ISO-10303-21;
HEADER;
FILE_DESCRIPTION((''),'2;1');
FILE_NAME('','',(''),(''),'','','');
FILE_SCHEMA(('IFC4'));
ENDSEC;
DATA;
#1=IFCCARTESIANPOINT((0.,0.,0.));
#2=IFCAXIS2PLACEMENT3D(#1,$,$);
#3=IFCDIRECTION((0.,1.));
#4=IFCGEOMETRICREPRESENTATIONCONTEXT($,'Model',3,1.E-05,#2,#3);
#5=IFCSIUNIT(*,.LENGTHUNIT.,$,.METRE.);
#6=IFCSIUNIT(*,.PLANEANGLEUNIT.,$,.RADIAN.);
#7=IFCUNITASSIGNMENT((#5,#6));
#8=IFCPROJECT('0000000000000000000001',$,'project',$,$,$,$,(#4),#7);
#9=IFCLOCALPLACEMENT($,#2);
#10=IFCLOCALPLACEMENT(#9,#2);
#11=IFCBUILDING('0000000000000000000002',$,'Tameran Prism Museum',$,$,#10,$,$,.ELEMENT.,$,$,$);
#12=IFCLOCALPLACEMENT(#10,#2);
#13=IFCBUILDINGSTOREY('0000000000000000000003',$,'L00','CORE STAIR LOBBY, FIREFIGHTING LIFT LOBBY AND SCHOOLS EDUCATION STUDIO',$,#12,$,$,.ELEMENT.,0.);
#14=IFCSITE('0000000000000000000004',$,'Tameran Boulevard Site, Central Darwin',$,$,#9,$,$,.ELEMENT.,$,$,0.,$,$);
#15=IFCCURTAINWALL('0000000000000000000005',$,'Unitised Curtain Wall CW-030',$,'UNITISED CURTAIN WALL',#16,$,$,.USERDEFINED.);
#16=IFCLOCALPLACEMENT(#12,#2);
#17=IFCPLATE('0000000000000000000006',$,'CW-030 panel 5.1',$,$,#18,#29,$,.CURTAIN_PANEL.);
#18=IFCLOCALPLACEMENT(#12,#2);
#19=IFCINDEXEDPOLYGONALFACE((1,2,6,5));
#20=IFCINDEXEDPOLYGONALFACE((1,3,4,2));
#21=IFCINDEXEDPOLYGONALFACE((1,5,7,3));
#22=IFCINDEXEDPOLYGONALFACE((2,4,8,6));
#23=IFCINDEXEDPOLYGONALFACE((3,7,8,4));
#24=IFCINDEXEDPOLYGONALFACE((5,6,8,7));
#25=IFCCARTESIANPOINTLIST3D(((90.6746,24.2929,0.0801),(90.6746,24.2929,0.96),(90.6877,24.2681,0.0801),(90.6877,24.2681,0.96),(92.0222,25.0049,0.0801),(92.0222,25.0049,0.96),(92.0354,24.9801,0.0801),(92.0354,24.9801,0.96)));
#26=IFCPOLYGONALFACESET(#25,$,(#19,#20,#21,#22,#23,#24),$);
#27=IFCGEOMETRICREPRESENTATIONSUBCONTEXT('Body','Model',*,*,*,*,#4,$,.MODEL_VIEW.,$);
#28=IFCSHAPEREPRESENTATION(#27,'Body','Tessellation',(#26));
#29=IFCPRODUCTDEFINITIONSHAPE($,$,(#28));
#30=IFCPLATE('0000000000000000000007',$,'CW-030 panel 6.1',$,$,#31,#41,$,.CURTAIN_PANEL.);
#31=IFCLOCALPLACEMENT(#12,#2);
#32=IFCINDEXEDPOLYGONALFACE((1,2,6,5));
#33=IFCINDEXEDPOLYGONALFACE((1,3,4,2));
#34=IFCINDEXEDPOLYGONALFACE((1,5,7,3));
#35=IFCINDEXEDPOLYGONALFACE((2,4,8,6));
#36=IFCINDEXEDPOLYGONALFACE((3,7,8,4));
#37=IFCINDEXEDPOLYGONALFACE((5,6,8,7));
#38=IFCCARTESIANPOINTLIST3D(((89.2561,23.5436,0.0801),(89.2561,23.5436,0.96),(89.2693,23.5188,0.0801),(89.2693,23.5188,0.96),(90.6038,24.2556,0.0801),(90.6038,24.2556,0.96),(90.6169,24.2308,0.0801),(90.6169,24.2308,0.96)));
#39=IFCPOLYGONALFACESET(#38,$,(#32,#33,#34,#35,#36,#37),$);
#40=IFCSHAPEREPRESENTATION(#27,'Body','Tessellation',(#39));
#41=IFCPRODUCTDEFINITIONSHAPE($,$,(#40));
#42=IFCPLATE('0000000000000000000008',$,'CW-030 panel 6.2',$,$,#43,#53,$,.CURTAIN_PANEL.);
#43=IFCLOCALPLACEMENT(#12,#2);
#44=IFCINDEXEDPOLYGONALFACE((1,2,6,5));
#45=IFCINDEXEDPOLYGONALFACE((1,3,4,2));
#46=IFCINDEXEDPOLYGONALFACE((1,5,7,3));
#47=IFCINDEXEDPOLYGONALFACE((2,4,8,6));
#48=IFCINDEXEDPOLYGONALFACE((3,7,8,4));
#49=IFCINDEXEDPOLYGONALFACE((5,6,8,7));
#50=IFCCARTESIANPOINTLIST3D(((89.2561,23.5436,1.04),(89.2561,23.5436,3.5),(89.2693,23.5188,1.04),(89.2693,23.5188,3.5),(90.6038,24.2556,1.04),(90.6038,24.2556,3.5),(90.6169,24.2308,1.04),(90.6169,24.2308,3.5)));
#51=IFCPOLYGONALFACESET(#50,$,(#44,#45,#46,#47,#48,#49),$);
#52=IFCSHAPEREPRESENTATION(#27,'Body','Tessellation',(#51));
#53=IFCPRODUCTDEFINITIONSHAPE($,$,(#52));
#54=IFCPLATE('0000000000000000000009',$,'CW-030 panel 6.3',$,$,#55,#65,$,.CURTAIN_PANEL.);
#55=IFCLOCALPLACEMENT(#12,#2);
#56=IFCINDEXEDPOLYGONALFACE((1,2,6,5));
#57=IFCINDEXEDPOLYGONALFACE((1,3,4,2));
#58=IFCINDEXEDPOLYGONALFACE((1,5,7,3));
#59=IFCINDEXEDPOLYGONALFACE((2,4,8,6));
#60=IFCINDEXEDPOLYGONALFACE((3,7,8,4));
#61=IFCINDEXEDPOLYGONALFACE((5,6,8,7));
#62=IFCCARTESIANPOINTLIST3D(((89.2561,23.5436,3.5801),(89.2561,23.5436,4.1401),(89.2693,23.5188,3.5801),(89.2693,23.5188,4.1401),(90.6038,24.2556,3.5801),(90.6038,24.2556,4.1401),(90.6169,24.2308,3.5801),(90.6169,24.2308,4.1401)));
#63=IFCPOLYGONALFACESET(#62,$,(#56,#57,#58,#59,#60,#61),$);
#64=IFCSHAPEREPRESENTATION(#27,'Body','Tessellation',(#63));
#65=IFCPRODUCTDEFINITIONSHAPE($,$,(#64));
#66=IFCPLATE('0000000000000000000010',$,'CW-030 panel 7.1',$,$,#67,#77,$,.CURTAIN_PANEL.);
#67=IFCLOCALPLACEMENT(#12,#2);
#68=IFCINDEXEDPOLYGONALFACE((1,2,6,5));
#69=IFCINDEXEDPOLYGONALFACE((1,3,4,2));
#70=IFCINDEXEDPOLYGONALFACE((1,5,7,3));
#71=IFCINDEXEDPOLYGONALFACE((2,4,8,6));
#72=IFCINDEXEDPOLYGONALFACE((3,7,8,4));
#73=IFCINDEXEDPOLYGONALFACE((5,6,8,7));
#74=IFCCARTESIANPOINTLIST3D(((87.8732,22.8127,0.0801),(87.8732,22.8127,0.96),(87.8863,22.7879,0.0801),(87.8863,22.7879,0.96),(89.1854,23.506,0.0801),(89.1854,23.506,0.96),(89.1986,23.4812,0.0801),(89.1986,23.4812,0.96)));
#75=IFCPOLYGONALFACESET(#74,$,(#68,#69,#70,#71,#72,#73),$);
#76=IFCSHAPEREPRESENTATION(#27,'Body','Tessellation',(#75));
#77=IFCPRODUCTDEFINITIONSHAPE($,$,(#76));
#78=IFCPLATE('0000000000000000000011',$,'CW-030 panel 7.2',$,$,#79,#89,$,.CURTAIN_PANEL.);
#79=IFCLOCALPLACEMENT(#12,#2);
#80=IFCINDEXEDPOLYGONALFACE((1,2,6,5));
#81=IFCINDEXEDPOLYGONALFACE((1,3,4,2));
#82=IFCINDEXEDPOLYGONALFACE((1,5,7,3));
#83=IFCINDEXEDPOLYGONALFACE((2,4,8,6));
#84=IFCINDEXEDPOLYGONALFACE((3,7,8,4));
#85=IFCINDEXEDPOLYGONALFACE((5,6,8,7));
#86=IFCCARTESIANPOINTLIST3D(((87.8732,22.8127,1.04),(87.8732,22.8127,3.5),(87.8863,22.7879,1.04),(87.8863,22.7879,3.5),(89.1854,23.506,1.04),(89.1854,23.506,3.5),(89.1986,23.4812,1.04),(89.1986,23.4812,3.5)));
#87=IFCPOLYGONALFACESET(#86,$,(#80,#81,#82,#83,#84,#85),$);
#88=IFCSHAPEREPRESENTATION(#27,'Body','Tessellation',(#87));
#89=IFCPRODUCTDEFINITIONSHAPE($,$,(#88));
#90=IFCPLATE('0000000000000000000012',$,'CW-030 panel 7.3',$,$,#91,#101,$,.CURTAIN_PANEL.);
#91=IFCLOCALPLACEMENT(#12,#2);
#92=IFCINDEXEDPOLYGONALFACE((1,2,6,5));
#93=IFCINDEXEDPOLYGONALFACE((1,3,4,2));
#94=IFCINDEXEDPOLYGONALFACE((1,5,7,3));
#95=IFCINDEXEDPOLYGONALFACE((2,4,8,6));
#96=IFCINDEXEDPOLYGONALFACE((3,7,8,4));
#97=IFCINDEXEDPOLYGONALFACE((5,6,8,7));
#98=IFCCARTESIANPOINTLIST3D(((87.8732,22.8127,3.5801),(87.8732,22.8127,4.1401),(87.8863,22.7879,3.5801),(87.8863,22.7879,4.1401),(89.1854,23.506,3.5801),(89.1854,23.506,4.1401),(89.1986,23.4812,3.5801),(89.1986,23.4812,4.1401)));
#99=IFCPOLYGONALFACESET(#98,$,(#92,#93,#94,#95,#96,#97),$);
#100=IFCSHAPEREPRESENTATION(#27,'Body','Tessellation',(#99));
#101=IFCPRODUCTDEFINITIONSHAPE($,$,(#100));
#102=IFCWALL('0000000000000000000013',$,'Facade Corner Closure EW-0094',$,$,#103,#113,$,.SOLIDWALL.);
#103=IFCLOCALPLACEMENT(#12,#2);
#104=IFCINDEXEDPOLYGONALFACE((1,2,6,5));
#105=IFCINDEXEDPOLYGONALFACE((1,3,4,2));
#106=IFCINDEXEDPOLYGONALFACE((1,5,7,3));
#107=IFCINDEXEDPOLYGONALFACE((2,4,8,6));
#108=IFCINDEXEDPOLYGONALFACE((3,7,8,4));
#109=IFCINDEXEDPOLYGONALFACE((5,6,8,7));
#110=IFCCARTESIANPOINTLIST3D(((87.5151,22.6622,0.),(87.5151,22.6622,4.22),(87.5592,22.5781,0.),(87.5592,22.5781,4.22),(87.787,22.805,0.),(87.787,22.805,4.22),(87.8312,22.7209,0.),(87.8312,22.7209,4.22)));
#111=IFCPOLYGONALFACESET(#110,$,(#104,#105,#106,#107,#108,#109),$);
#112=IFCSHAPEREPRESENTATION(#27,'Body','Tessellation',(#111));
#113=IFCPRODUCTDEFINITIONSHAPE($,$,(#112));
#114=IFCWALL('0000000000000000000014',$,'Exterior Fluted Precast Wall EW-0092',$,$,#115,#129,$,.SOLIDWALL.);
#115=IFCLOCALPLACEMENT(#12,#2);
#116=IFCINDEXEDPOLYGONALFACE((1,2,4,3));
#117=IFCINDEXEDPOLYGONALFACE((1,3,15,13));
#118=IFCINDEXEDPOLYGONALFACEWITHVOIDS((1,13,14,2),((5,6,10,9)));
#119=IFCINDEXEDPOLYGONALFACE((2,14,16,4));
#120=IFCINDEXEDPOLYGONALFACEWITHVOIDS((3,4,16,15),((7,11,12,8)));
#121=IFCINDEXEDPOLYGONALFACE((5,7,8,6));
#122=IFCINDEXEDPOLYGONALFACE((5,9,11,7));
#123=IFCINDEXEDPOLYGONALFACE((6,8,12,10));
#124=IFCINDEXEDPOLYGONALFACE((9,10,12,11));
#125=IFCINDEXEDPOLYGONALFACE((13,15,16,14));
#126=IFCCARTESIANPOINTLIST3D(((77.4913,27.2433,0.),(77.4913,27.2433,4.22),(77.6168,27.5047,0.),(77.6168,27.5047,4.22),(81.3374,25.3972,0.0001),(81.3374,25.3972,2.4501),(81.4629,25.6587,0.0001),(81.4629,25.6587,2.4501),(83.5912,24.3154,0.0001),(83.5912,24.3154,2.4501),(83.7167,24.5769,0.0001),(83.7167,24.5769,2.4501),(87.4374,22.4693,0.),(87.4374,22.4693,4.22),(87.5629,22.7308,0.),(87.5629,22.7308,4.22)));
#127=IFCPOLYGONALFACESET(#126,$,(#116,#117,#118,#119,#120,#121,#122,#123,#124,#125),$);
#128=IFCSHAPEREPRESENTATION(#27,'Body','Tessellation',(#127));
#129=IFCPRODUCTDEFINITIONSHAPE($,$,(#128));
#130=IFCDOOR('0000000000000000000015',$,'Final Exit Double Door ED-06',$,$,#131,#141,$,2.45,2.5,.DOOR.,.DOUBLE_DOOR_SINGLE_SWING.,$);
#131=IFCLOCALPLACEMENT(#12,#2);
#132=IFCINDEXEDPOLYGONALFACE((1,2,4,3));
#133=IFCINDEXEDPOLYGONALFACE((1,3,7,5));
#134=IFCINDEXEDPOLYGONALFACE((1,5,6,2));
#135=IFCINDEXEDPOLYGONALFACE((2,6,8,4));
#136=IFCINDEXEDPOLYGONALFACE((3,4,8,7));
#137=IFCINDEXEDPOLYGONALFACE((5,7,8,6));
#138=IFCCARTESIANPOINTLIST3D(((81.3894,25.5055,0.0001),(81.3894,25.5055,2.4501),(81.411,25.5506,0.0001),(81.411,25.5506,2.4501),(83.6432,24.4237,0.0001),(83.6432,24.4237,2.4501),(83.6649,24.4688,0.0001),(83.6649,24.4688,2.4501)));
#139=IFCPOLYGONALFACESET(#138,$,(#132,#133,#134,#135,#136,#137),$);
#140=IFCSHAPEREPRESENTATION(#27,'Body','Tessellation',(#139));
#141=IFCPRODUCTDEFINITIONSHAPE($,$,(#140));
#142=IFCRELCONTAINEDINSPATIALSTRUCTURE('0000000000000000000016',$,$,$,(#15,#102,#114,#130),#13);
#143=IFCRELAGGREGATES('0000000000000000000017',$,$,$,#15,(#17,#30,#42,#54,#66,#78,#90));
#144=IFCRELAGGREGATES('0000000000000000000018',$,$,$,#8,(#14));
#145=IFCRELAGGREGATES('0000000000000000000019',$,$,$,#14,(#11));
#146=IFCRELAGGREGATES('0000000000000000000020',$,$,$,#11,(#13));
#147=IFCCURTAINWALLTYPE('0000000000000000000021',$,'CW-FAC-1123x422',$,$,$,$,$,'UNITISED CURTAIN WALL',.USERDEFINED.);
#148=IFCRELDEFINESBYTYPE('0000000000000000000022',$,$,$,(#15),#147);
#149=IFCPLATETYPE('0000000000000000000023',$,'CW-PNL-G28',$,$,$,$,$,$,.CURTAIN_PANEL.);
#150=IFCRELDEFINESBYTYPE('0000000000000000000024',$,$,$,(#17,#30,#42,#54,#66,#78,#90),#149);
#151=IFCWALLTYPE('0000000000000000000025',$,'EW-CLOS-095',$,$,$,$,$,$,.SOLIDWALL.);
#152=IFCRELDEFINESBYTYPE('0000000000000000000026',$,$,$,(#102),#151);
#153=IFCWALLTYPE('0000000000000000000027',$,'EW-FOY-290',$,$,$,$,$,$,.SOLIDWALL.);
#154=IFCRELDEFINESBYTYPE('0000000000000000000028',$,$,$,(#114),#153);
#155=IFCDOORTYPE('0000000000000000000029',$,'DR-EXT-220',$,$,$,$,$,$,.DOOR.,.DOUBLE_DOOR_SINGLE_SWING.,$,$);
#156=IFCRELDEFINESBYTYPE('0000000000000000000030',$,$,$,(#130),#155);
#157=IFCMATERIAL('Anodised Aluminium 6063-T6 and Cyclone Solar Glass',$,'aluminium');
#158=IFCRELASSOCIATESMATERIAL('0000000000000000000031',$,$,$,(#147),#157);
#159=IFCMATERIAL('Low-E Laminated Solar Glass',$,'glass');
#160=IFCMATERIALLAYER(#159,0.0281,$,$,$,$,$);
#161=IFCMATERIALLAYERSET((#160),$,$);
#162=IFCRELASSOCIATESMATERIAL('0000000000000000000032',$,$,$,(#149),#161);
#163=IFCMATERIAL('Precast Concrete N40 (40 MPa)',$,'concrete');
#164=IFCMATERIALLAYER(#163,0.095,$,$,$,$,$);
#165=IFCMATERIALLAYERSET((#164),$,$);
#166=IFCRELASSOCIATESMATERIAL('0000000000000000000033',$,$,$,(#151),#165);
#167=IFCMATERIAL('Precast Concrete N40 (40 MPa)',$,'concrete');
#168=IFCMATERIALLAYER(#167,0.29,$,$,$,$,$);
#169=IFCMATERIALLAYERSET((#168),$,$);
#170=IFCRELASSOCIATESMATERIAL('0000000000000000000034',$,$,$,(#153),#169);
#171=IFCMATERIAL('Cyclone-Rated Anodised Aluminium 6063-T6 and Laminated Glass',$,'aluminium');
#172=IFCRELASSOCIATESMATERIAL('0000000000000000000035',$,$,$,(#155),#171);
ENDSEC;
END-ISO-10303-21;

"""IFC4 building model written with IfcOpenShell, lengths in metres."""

from ifc_helpers import new_model, si_unit, direction, frame, frame_2d, origin, origin_2d, place, context, subcontext, project, spatial, rectangle, extrude, material, layer, layer_set, type_object, element, fill, aggregate, save


model = new_model("IFC4")

# Units and contexts
model_context = context("Model", 3, precision=1e-05, world=origin(), true_north=direction((0.0, 1.0)))
body_context = subcontext(model_context, "Body", "Model", "MODEL_VIEW")
ifc_project = project(units=[si_unit("LENGTHUNIT", "METRE"), si_unit("PLANEANGLEUNIT", "RADIAN")], contexts=[model_context])

# Site, building, storey
site_placement = place(None, origin())
site = spatial("IfcSite", under=ifc_project, at=site_placement, Name="Tameran Boulevard Site, Central Darwin", CompositionType="ELEMENT", RefElevation=0.0)
building_placement = place(site_placement, origin())
building = spatial("IfcBuilding", under=site, at=building_placement, Name="Tameran Prism Museum", CompositionType="ELEMENT")
storey_placement = place(building_placement, origin())
storey = spatial("IfcBuildingStorey", under=building, at=storey_placement, Name="L00", Description="CORE STAIR LOBBY, FIREFIGHTING LIFT LOBBY AND SCHOOLS EDUCATION STUDIO", CompositionType="ELEMENT", Elevation=0.0)

# Curtain wall, plates
ifc_material_1 = material(Name="Anodised Aluminium 6063-T6 and Cyclone Solar Glass", Category="aluminium")
curtain_wall_type = type_object("IfcCurtainWallType", Name="CW-FAC-1123x422", ElementType="UNITISED CURTAIN WALL", PredefinedType="USERDEFINED", material=ifc_material_1)
curtain_wall_placement = place(storey_placement, origin())
curtain_wall = element("IfcCurtainWall", 1, at=curtain_wall_placement, inside=storey, type_object=curtain_wall_type, Name="Unitised Curtain Wall CW-030", ObjectType="UNITISED CURTAIN WALL", PredefinedType="USERDEFINED")
ifc_material_2 = material(Name="Low-E Laminated Solar Glass", Category="glass")
ifc_layer_1 = layer(ifc_material_2, 0.0281)
ifc_layer_set_1 = layer_set([ifc_layer_1])
plate_type = type_object("IfcPlateType", Name="CW-PNL-G28", PredefinedType="CURTAIN_PANEL", material=ifc_layer_set_1)
plate_1_placement = place(storey_placement, frame((91.355, 24.6365, 0.0801), z_axis=(0.0, 0.0, 1.0), x_axis=(-0.884175, -0.467155, 0.0)))
plate_1 = element("IfcPlate", 2, at=plate_1_placement, type_object=plate_type, Name="CW-030 panel 5.1", PredefinedType="CURTAIN_PANEL", context=body_context, shape_type="SweptSolid", body=[
    extrude(rectangle(XDim=1.5242, YDim=0.0281, at=origin_2d()), origin(), (0.0, 0.0, 1.0), 0.8799),
])
plate_2_placement = place(storey_placement, frame((89.9365, 23.8872, 0.0801), z_axis=(0.0, 0.0, 1.0), x_axis=(-0.884175, -0.467155, 0.0)))
plate_2 = element("IfcPlate", 3, at=plate_2_placement, type_object=plate_type, Name="CW-030 panel 6.1", PredefinedType="CURTAIN_PANEL", context=body_context, shape_type="SweptSolid", body=[
    extrude(rectangle(XDim=1.5242, YDim=0.0281, at=origin_2d()), origin(), (0.0, 0.0, 1.0), 0.8799),
])
plate_3_placement = place(storey_placement, frame((89.9365, 23.8872, 1.04), z_axis=(0.0, 0.0, 1.0), x_axis=(-0.884175, -0.467155, 0.0)))
plate_3 = element("IfcPlate", 4, at=plate_3_placement, type_object=plate_type, Name="CW-030 panel 6.2", PredefinedType="CURTAIN_PANEL", context=body_context, shape_type="SweptSolid", body=[
    extrude(rectangle(XDim=1.5242, YDim=0.0281, at=origin_2d()), origin(), (0.0, 0.0, 1.0), 2.46),
])
plate_4_placement = place(storey_placement, frame((89.9365, 23.8872, 3.5801), z_axis=(0.0, 0.0, 1.0), x_axis=(-0.884175, -0.467155, 0.0)))
plate_4 = element("IfcPlate", 5, at=plate_4_placement, type_object=plate_type, Name="CW-030 panel 6.3", PredefinedType="CURTAIN_PANEL", context=body_context, shape_type="SweptSolid", body=[
    extrude(rectangle(XDim=1.5242, YDim=0.0281, at=origin_2d()), origin(), (0.0, 0.0, 1.0), 0.5601),
])
plate_5_placement = place(storey_placement, frame((88.5359, 23.147, 0.0801), z_axis=(0.0, 0.0, 1.0), x_axis=(-0.884175, -0.467155, 0.0)))
plate_5 = element("IfcPlate", 6, at=plate_5_placement, type_object=plate_type, Name="CW-030 panel 7.1", PredefinedType="CURTAIN_PANEL", context=body_context, shape_type="SweptSolid", body=[
    extrude(rectangle(XDim=1.4841, YDim=0.0281, at=origin_2d()), origin(), (0.0, 0.0, 1.0), 0.8799),
])
plate_6_placement = place(storey_placement, frame((88.5359, 23.147, 1.04), z_axis=(0.0, 0.0, 1.0), x_axis=(-0.884175, -0.467155, 0.0)))
plate_6 = element("IfcPlate", 7, at=plate_6_placement, type_object=plate_type, Name="CW-030 panel 7.2", PredefinedType="CURTAIN_PANEL", context=body_context, shape_type="SweptSolid", body=[
    extrude(rectangle(XDim=1.4841, YDim=0.0281, at=origin_2d()), origin(), (0.0, 0.0, 1.0), 2.46),
])
plate_7_placement = place(storey_placement, frame((88.5359, 23.147, 3.5801), z_axis=(0.0, 0.0, 1.0), x_axis=(-0.884175, -0.467155, 0.0)))
plate_7 = element("IfcPlate", 8, at=plate_7_placement, type_object=plate_type, Name="CW-030 panel 7.3", PredefinedType="CURTAIN_PANEL", context=body_context, shape_type="SweptSolid", body=[
    extrude(rectangle(XDim=1.4841, YDim=0.0281, at=origin_2d()), origin(), (0.0, 0.0, 1.0), 0.5601),
])
aggregate(curtain_wall, [plate_1, plate_2, plate_3, plate_4, plate_5, plate_6, plate_7])

# Wall
ifc_material_3 = material(Name="Precast Concrete N40 (40 MPa)", Category="concrete")
ifc_layer_2 = layer(ifc_material_3, 0.095)
ifc_layer_set_2 = layer_set([ifc_layer_2])
wall_type_1 = type_object("IfcWallType", Name="EW-CLOS-095", PredefinedType="SOLIDWALL", material=ifc_layer_set_2)
wall_1_placement = place(storey_placement, frame((87.8091, 22.7629, 0.0), z_axis=(0.0, 0.0, 1.0), x_axis=(-0.885349, -0.464927, 0.0)))
element("IfcWall", 9, at=wall_1_placement, inside=storey, type_object=wall_type_1, Name="Facade Corner Closure EW-0094", PredefinedType="SOLIDWALL", context=body_context, shape_type="SweptSolid", body=[
    extrude(rectangle(XDim=0.3071, YDim=0.095, at=frame_2d((0.1536, 0.0))), origin(), (0.0, 0.0, 1.0), 4.22),
])

# Wall, opening, door
ifc_material_4 = material(Name="Precast Concrete N40 (40 MPa)", Category="concrete")
ifc_layer_3 = layer(ifc_material_4, 0.29)
ifc_layer_set_3 = layer_set([ifc_layer_3])
wall_type_2 = type_object("IfcWallType", Name="EW-FOY-290", PredefinedType="SOLIDWALL", material=ifc_layer_set_3)
wall_2_placement = place(storey_placement, frame((87.5, 22.6001, 0.0), z_axis=(0.0, 0.0, 1.0), x_axis=(-0.901529, 0.432718, 0.0)))
wall_2 = element("IfcWall", 10, at=wall_2_placement, inside=storey, type_object=wall_type_2, Name="Exterior Fluted Precast Wall EW-0092", PredefinedType="SOLIDWALL", context=body_context, shape_type="SweptSolid", body=[
    extrude(rectangle(XDim=11.0325, YDim=0.29, at=frame_2d((5.5161, 0.0))), origin(), (0.0, 0.0, 1.0), 4.22),
])
opening_placement = place(wall_2_placement, frame((4.2661, 0.0, 0.0)))
opening = element("IfcOpeningElement", 11, at=opening_placement, cuts=wall_2, PredefinedType="OPENING", context=body_context, shape_type="SweptSolid", body=[
    extrude(rectangle(XDim=2.5, YDim=2.45, at=frame_2d((1.25, 1.2251))), frame((0.0, 0.155, 0.0), z_axis=(0.0, -1.0, 0.0), x_axis=(1.0, 0.0, 0.0)), (0.0, 0.0, 1.0), 0.3101),
])
ifc_material_5 = material(Name="Cyclone-Rated Anodised Aluminium 6063-T6 and Laminated Glass", Category="aluminium")
door_type = type_object("IfcDoorType", Name="DR-EXT-220", OperationType="DOUBLE_DOOR_SINGLE_SWING", PredefinedType="DOOR", material=ifc_material_5)
door_placement = place(opening_placement, origin())
door = element("IfcDoor", 12, at=door_placement, inside=storey, type_object=door_type, Name="Final Exit Double Door ED-06", OperationType="DOUBLE_DOOR_SINGLE_SWING", OverallHeight=2.45, OverallWidth=2.5, PredefinedType="DOOR", context=body_context, shape_type="SweptSolid", body=[
    extrude(rectangle(XDim=2.5, YDim=2.45, at=frame_2d((1.25, 1.2251))), frame((0.0, 0.0249, 0.0), z_axis=(0.0, -1.0, 0.0), x_axis=(1.0, 0.0, 0.0)), (0.0, 0.0, 1.0), 0.05),
])
fill(opening, door)

save(model, "model.ifc")
